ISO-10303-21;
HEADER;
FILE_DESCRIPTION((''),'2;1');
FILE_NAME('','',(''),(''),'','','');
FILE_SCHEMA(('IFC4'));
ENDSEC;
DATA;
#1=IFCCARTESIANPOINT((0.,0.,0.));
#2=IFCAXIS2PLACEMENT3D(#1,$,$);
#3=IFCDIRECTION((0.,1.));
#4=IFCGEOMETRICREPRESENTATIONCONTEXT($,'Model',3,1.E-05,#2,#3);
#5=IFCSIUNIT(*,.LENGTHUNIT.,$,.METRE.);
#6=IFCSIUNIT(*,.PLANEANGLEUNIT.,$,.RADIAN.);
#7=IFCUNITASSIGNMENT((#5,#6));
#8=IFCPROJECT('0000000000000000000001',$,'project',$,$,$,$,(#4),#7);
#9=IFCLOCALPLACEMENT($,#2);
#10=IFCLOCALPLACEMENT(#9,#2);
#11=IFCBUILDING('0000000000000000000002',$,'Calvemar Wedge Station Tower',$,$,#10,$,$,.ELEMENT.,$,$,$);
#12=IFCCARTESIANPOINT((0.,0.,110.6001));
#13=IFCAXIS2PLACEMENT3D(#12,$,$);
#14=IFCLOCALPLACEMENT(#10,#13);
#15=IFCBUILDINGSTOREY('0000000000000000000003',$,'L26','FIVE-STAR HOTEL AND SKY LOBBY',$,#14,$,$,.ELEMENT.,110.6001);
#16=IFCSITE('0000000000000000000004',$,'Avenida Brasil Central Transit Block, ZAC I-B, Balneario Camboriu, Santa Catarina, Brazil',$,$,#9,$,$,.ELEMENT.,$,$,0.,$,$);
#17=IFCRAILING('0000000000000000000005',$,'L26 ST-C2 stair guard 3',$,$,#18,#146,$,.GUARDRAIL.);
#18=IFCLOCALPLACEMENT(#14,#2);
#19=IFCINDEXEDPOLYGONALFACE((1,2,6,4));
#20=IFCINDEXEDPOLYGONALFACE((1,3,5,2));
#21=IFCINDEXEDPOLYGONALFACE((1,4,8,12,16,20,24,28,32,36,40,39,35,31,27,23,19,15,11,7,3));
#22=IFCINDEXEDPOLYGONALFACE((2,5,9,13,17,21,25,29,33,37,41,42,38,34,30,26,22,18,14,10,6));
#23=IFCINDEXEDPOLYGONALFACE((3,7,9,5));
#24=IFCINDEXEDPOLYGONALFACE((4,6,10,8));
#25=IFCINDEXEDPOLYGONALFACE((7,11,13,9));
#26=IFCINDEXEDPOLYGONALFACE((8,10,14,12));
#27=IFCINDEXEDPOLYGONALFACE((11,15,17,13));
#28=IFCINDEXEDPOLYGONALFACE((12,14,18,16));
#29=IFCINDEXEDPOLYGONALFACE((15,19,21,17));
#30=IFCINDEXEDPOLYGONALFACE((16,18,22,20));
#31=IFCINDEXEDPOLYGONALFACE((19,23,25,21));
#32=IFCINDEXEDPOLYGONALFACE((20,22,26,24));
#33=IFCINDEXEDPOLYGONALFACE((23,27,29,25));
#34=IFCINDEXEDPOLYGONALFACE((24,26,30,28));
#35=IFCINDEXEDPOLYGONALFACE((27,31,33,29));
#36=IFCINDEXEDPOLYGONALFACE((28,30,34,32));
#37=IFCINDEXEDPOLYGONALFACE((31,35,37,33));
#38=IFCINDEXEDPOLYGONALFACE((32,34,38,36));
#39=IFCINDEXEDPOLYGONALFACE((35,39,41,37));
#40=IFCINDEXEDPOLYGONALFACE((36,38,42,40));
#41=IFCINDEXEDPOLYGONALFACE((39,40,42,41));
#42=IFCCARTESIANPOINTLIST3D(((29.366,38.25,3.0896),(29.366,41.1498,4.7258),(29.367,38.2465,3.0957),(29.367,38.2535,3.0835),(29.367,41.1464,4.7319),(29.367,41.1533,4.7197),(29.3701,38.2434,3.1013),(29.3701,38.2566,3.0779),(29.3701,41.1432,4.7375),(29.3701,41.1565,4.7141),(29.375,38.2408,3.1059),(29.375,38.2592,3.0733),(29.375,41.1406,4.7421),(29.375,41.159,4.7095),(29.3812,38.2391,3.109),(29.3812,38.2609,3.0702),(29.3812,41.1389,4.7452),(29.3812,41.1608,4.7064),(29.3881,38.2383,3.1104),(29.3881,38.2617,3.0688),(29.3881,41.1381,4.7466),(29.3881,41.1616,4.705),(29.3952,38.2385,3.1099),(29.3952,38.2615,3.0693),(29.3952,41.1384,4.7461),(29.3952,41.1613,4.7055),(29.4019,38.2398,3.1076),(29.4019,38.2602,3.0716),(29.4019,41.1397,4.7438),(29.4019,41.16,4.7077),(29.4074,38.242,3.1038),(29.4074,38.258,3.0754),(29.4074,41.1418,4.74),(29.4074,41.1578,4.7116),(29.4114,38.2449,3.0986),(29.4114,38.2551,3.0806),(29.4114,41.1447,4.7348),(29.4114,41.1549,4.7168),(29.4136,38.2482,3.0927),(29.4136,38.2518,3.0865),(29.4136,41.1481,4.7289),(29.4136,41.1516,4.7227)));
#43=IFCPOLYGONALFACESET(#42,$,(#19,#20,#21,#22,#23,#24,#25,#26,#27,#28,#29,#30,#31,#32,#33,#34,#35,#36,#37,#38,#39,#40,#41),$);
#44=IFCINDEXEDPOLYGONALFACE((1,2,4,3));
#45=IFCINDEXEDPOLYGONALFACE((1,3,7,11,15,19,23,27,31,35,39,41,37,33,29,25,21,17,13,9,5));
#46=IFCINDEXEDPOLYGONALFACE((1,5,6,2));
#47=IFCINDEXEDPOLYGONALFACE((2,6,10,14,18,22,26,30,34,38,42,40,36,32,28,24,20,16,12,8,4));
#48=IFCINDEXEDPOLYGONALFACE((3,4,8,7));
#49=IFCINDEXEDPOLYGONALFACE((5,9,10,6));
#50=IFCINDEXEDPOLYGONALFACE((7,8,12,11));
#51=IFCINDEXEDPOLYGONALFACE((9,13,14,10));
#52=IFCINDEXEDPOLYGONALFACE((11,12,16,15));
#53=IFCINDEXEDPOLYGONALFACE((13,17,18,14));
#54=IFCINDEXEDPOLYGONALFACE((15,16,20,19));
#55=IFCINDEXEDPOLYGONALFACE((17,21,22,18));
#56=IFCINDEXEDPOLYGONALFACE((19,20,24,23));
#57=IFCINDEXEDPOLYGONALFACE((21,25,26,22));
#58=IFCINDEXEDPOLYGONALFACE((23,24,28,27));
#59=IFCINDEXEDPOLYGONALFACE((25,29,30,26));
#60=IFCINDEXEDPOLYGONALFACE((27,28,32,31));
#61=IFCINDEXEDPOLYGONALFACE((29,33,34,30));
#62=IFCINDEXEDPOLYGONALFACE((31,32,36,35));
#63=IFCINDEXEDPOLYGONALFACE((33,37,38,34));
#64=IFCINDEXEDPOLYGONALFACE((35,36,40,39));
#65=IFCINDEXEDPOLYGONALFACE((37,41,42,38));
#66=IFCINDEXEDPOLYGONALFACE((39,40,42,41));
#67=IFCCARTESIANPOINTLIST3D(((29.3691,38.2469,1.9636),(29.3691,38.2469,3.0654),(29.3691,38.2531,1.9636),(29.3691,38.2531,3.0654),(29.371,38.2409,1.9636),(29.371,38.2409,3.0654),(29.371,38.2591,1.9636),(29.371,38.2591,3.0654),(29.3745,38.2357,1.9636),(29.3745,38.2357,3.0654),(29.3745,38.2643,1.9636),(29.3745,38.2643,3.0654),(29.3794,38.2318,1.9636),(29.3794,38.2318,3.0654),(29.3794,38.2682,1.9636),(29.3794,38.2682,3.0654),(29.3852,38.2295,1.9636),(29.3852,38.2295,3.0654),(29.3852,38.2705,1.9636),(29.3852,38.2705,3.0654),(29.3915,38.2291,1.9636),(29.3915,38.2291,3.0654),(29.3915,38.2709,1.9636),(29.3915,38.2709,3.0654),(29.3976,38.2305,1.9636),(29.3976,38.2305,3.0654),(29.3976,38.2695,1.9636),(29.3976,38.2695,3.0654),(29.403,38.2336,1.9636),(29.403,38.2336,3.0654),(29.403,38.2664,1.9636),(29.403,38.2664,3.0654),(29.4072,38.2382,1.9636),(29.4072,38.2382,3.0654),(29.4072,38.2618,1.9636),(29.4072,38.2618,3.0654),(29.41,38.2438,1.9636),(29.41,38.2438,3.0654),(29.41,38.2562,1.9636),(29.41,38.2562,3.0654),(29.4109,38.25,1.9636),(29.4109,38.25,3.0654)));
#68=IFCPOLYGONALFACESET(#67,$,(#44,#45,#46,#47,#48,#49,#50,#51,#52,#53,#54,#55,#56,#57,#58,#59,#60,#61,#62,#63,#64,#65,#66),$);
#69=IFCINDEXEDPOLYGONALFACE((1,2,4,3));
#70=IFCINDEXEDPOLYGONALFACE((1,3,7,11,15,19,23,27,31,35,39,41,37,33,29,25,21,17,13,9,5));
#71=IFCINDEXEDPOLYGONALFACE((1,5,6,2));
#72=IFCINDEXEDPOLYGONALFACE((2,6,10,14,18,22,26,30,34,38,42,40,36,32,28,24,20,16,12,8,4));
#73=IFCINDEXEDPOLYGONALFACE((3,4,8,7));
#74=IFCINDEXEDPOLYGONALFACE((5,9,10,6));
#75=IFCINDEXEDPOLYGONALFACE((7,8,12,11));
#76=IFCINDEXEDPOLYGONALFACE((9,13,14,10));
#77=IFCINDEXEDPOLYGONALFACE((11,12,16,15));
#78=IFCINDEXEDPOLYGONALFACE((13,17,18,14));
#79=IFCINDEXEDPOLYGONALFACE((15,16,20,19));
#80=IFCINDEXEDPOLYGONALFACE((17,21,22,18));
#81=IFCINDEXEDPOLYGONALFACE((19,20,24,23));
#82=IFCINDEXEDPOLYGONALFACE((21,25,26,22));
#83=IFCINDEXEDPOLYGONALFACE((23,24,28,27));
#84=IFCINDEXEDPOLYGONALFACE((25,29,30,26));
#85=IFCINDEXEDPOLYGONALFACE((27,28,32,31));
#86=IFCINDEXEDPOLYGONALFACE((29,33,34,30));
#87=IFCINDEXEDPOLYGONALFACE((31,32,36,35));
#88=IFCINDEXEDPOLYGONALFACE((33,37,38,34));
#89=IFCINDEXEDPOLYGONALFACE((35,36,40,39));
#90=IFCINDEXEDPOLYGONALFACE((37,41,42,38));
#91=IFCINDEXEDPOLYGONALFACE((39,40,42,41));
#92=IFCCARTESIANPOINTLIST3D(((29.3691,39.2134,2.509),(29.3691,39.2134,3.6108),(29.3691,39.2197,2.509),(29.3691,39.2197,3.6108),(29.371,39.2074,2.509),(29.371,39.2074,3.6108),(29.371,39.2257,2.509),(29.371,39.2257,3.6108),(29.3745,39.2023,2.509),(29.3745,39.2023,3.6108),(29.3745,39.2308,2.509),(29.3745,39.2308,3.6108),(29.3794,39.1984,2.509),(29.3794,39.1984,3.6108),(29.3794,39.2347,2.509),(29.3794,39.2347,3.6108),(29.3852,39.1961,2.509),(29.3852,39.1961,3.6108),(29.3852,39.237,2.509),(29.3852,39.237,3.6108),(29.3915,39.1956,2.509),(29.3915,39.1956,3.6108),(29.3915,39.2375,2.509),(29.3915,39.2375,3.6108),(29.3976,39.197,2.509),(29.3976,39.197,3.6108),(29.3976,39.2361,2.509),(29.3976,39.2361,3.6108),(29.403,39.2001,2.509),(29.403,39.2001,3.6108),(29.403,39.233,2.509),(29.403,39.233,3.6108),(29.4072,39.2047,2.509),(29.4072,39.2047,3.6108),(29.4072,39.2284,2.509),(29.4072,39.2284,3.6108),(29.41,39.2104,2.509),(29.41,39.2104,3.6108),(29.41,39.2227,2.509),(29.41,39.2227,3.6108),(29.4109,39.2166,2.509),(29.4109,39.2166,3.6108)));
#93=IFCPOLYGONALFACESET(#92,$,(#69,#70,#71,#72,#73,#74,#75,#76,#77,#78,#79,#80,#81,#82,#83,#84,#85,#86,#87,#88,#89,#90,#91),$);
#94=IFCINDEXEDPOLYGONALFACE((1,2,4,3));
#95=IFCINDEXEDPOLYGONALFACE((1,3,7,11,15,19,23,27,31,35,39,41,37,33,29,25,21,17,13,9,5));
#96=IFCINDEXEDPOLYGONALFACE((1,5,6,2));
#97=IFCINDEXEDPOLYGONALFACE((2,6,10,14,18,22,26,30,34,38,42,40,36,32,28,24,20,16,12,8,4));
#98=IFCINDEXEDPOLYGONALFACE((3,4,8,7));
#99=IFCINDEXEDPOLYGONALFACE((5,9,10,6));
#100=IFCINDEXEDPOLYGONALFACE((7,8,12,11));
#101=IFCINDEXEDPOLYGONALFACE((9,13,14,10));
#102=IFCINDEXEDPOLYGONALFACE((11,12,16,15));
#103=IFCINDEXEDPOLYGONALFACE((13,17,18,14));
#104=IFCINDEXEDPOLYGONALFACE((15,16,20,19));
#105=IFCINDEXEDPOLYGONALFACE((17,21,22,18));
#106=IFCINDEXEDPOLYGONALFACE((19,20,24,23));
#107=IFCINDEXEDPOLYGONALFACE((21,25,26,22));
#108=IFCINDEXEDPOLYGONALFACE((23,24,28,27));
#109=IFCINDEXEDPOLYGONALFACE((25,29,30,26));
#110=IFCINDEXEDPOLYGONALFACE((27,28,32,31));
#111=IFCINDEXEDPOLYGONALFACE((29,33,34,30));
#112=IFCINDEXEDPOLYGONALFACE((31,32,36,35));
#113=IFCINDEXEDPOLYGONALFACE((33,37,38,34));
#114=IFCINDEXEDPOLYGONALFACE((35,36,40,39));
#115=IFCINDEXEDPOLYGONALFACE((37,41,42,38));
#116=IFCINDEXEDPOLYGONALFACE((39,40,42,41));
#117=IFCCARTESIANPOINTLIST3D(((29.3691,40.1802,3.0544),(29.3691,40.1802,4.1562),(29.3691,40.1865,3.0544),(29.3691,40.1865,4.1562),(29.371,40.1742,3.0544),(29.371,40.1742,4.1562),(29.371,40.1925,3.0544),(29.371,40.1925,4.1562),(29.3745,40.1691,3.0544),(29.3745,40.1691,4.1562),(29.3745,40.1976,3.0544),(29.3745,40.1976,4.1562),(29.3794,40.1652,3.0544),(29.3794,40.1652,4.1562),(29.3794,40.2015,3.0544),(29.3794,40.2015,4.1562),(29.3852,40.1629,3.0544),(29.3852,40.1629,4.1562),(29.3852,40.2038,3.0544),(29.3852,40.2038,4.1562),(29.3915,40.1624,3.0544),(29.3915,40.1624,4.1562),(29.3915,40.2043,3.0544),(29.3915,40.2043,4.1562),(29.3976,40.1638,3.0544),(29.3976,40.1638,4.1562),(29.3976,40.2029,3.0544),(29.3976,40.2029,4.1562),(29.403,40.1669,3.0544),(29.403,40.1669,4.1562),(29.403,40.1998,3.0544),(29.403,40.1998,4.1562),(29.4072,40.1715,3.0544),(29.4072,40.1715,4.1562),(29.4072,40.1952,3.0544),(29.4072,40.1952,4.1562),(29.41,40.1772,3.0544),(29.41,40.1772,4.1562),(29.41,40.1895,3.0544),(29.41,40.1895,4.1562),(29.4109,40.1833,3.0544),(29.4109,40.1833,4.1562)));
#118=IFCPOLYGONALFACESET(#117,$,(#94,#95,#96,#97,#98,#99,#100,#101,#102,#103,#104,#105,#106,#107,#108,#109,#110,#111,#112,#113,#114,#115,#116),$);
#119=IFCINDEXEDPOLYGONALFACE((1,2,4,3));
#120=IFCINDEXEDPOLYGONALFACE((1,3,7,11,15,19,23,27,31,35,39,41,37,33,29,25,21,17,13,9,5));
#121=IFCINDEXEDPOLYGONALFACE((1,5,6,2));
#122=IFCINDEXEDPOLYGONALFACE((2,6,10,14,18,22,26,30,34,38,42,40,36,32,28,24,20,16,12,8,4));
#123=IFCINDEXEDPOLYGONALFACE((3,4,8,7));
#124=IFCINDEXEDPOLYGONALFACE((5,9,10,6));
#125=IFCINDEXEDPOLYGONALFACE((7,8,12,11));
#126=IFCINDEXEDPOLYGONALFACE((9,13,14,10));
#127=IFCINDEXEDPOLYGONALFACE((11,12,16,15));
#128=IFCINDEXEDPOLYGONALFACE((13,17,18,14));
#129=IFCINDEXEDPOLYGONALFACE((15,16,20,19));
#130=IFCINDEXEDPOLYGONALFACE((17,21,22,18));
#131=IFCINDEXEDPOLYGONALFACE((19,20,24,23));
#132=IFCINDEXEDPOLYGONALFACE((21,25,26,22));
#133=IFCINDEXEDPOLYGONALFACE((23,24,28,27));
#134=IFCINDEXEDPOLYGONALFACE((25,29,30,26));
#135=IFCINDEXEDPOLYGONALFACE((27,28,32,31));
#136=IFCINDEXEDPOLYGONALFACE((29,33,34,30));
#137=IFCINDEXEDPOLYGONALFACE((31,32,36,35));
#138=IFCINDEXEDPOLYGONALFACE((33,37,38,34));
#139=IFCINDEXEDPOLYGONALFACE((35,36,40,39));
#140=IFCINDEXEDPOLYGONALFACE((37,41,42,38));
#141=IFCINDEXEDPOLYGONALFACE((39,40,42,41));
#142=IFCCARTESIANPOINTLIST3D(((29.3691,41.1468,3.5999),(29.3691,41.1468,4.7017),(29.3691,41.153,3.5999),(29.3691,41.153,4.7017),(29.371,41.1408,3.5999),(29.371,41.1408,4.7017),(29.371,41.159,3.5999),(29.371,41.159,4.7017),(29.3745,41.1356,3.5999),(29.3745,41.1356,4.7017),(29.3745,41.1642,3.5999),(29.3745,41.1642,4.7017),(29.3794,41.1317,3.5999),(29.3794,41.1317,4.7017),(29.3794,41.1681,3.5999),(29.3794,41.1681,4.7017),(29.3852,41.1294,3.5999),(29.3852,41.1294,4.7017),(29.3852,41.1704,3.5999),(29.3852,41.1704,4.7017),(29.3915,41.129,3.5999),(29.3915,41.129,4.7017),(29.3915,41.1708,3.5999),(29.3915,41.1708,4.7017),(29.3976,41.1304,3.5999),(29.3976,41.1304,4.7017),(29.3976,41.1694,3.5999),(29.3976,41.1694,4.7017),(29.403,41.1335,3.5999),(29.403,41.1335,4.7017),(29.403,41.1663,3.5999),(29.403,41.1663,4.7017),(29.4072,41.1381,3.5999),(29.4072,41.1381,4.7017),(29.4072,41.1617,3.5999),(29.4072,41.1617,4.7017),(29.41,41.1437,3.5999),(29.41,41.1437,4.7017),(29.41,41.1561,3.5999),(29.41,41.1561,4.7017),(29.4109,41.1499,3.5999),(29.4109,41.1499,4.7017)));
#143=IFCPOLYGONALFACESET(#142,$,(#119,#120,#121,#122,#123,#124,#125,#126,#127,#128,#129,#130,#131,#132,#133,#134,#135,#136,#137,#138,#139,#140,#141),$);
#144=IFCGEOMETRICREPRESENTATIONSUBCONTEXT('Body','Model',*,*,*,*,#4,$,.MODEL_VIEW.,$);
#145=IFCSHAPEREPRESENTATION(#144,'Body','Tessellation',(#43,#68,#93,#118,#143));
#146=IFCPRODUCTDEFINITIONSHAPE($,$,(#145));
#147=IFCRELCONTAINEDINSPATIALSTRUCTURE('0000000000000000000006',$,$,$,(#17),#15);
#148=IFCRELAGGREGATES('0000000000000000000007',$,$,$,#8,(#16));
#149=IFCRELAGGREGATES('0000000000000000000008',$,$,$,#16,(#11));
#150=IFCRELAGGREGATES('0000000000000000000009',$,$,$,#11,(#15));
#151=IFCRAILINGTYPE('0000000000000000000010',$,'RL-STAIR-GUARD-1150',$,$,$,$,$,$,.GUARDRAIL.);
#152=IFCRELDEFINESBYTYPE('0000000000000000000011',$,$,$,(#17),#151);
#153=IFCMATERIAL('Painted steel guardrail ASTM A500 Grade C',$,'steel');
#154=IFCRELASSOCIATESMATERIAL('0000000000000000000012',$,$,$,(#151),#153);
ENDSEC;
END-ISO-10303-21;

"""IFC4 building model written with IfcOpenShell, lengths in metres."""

from ifc_helpers import new_model, si_unit, direction, frame, origin, origin_2d, place, context, subcontext, project, spatial, circle, extrude, material, type_object, element, save


model = new_model("IFC4")

# Units and contexts
model_context = context("Model", 3, precision=1e-05, world=origin(), true_north=direction((0.0, 1.0)))
body_context = subcontext(model_context, "Body", "Model", "MODEL_VIEW")
ifc_project = project(units=[si_unit("LENGTHUNIT", "METRE"), si_unit("PLANEANGLEUNIT", "RADIAN")], contexts=[model_context])

# Site, building, storey
site_placement = place(None, origin())
site = spatial("IfcSite", under=ifc_project, at=site_placement, Name="Avenida Brasil Central Transit Block, ZAC I-B, Balneario Camboriu, Santa Catarina, Brazil", CompositionType="ELEMENT", RefElevation=0.0)
building_placement = place(site_placement, origin())
building = spatial("IfcBuilding", under=site, at=building_placement, Name="Calvemar Wedge Station Tower", CompositionType="ELEMENT")
storey_placement = place(building_placement, frame((0.0, 0.0, 110.6001)))
storey = spatial("IfcBuildingStorey", under=building, at=storey_placement, Name="L26", Description="FIVE-STAR HOTEL AND SKY LOBBY", CompositionType="ELEMENT", Elevation=110.6001)

# Railing
ifc_material_1 = material(Name="Painted steel guardrail ASTM A500 Grade C", Category="steel")
railing_type_1 = type_object("IfcRailingType", Name="RL-STAIR-GUARD-1150", PredefinedType="GUARDRAIL", material=ifc_material_1)
railing_1_placement = place(storey_placement, frame((29.3899, 38.25, 1.9636)))
element("IfcRailing", 1, at=railing_1_placement, inside=storey, type_object=railing_type_1, Name="L26 ST-C2 stair guard 3", PredefinedType="GUARDRAIL", context=body_context, shape_type="SweptSolid", body=[
    extrude(circle(Radius=0.0239, at=origin_2d()), frame((0.0, 0.0, 1.126), z_axis=(0.0, 0.870929, 0.49141), x_axis=(-1.0, 0.0, 0.0)), (0.0, 0.0, 1.0), 3.3296),
    extrude(circle(Radius=0.021, at=origin_2d()), origin(), (0.0, 0.0, 1.0), 1.1018),
    extrude(circle(Radius=0.021, at=origin_2d()), frame((0.0, 0.9666, 0.5454)), (0.0, 0.0, 1.0), 1.1018),
    extrude(circle(Radius=0.021, at=origin_2d()), frame((0.0, 1.9333, 1.0908)), (0.0, 0.0, 1.0), 1.1018),
    extrude(circle(Radius=0.021, at=origin_2d()), frame((0.0, 2.8999, 1.6362)), (0.0, 0.0, 1.0), 1.1018),
])

save(model, "model.ifc")
